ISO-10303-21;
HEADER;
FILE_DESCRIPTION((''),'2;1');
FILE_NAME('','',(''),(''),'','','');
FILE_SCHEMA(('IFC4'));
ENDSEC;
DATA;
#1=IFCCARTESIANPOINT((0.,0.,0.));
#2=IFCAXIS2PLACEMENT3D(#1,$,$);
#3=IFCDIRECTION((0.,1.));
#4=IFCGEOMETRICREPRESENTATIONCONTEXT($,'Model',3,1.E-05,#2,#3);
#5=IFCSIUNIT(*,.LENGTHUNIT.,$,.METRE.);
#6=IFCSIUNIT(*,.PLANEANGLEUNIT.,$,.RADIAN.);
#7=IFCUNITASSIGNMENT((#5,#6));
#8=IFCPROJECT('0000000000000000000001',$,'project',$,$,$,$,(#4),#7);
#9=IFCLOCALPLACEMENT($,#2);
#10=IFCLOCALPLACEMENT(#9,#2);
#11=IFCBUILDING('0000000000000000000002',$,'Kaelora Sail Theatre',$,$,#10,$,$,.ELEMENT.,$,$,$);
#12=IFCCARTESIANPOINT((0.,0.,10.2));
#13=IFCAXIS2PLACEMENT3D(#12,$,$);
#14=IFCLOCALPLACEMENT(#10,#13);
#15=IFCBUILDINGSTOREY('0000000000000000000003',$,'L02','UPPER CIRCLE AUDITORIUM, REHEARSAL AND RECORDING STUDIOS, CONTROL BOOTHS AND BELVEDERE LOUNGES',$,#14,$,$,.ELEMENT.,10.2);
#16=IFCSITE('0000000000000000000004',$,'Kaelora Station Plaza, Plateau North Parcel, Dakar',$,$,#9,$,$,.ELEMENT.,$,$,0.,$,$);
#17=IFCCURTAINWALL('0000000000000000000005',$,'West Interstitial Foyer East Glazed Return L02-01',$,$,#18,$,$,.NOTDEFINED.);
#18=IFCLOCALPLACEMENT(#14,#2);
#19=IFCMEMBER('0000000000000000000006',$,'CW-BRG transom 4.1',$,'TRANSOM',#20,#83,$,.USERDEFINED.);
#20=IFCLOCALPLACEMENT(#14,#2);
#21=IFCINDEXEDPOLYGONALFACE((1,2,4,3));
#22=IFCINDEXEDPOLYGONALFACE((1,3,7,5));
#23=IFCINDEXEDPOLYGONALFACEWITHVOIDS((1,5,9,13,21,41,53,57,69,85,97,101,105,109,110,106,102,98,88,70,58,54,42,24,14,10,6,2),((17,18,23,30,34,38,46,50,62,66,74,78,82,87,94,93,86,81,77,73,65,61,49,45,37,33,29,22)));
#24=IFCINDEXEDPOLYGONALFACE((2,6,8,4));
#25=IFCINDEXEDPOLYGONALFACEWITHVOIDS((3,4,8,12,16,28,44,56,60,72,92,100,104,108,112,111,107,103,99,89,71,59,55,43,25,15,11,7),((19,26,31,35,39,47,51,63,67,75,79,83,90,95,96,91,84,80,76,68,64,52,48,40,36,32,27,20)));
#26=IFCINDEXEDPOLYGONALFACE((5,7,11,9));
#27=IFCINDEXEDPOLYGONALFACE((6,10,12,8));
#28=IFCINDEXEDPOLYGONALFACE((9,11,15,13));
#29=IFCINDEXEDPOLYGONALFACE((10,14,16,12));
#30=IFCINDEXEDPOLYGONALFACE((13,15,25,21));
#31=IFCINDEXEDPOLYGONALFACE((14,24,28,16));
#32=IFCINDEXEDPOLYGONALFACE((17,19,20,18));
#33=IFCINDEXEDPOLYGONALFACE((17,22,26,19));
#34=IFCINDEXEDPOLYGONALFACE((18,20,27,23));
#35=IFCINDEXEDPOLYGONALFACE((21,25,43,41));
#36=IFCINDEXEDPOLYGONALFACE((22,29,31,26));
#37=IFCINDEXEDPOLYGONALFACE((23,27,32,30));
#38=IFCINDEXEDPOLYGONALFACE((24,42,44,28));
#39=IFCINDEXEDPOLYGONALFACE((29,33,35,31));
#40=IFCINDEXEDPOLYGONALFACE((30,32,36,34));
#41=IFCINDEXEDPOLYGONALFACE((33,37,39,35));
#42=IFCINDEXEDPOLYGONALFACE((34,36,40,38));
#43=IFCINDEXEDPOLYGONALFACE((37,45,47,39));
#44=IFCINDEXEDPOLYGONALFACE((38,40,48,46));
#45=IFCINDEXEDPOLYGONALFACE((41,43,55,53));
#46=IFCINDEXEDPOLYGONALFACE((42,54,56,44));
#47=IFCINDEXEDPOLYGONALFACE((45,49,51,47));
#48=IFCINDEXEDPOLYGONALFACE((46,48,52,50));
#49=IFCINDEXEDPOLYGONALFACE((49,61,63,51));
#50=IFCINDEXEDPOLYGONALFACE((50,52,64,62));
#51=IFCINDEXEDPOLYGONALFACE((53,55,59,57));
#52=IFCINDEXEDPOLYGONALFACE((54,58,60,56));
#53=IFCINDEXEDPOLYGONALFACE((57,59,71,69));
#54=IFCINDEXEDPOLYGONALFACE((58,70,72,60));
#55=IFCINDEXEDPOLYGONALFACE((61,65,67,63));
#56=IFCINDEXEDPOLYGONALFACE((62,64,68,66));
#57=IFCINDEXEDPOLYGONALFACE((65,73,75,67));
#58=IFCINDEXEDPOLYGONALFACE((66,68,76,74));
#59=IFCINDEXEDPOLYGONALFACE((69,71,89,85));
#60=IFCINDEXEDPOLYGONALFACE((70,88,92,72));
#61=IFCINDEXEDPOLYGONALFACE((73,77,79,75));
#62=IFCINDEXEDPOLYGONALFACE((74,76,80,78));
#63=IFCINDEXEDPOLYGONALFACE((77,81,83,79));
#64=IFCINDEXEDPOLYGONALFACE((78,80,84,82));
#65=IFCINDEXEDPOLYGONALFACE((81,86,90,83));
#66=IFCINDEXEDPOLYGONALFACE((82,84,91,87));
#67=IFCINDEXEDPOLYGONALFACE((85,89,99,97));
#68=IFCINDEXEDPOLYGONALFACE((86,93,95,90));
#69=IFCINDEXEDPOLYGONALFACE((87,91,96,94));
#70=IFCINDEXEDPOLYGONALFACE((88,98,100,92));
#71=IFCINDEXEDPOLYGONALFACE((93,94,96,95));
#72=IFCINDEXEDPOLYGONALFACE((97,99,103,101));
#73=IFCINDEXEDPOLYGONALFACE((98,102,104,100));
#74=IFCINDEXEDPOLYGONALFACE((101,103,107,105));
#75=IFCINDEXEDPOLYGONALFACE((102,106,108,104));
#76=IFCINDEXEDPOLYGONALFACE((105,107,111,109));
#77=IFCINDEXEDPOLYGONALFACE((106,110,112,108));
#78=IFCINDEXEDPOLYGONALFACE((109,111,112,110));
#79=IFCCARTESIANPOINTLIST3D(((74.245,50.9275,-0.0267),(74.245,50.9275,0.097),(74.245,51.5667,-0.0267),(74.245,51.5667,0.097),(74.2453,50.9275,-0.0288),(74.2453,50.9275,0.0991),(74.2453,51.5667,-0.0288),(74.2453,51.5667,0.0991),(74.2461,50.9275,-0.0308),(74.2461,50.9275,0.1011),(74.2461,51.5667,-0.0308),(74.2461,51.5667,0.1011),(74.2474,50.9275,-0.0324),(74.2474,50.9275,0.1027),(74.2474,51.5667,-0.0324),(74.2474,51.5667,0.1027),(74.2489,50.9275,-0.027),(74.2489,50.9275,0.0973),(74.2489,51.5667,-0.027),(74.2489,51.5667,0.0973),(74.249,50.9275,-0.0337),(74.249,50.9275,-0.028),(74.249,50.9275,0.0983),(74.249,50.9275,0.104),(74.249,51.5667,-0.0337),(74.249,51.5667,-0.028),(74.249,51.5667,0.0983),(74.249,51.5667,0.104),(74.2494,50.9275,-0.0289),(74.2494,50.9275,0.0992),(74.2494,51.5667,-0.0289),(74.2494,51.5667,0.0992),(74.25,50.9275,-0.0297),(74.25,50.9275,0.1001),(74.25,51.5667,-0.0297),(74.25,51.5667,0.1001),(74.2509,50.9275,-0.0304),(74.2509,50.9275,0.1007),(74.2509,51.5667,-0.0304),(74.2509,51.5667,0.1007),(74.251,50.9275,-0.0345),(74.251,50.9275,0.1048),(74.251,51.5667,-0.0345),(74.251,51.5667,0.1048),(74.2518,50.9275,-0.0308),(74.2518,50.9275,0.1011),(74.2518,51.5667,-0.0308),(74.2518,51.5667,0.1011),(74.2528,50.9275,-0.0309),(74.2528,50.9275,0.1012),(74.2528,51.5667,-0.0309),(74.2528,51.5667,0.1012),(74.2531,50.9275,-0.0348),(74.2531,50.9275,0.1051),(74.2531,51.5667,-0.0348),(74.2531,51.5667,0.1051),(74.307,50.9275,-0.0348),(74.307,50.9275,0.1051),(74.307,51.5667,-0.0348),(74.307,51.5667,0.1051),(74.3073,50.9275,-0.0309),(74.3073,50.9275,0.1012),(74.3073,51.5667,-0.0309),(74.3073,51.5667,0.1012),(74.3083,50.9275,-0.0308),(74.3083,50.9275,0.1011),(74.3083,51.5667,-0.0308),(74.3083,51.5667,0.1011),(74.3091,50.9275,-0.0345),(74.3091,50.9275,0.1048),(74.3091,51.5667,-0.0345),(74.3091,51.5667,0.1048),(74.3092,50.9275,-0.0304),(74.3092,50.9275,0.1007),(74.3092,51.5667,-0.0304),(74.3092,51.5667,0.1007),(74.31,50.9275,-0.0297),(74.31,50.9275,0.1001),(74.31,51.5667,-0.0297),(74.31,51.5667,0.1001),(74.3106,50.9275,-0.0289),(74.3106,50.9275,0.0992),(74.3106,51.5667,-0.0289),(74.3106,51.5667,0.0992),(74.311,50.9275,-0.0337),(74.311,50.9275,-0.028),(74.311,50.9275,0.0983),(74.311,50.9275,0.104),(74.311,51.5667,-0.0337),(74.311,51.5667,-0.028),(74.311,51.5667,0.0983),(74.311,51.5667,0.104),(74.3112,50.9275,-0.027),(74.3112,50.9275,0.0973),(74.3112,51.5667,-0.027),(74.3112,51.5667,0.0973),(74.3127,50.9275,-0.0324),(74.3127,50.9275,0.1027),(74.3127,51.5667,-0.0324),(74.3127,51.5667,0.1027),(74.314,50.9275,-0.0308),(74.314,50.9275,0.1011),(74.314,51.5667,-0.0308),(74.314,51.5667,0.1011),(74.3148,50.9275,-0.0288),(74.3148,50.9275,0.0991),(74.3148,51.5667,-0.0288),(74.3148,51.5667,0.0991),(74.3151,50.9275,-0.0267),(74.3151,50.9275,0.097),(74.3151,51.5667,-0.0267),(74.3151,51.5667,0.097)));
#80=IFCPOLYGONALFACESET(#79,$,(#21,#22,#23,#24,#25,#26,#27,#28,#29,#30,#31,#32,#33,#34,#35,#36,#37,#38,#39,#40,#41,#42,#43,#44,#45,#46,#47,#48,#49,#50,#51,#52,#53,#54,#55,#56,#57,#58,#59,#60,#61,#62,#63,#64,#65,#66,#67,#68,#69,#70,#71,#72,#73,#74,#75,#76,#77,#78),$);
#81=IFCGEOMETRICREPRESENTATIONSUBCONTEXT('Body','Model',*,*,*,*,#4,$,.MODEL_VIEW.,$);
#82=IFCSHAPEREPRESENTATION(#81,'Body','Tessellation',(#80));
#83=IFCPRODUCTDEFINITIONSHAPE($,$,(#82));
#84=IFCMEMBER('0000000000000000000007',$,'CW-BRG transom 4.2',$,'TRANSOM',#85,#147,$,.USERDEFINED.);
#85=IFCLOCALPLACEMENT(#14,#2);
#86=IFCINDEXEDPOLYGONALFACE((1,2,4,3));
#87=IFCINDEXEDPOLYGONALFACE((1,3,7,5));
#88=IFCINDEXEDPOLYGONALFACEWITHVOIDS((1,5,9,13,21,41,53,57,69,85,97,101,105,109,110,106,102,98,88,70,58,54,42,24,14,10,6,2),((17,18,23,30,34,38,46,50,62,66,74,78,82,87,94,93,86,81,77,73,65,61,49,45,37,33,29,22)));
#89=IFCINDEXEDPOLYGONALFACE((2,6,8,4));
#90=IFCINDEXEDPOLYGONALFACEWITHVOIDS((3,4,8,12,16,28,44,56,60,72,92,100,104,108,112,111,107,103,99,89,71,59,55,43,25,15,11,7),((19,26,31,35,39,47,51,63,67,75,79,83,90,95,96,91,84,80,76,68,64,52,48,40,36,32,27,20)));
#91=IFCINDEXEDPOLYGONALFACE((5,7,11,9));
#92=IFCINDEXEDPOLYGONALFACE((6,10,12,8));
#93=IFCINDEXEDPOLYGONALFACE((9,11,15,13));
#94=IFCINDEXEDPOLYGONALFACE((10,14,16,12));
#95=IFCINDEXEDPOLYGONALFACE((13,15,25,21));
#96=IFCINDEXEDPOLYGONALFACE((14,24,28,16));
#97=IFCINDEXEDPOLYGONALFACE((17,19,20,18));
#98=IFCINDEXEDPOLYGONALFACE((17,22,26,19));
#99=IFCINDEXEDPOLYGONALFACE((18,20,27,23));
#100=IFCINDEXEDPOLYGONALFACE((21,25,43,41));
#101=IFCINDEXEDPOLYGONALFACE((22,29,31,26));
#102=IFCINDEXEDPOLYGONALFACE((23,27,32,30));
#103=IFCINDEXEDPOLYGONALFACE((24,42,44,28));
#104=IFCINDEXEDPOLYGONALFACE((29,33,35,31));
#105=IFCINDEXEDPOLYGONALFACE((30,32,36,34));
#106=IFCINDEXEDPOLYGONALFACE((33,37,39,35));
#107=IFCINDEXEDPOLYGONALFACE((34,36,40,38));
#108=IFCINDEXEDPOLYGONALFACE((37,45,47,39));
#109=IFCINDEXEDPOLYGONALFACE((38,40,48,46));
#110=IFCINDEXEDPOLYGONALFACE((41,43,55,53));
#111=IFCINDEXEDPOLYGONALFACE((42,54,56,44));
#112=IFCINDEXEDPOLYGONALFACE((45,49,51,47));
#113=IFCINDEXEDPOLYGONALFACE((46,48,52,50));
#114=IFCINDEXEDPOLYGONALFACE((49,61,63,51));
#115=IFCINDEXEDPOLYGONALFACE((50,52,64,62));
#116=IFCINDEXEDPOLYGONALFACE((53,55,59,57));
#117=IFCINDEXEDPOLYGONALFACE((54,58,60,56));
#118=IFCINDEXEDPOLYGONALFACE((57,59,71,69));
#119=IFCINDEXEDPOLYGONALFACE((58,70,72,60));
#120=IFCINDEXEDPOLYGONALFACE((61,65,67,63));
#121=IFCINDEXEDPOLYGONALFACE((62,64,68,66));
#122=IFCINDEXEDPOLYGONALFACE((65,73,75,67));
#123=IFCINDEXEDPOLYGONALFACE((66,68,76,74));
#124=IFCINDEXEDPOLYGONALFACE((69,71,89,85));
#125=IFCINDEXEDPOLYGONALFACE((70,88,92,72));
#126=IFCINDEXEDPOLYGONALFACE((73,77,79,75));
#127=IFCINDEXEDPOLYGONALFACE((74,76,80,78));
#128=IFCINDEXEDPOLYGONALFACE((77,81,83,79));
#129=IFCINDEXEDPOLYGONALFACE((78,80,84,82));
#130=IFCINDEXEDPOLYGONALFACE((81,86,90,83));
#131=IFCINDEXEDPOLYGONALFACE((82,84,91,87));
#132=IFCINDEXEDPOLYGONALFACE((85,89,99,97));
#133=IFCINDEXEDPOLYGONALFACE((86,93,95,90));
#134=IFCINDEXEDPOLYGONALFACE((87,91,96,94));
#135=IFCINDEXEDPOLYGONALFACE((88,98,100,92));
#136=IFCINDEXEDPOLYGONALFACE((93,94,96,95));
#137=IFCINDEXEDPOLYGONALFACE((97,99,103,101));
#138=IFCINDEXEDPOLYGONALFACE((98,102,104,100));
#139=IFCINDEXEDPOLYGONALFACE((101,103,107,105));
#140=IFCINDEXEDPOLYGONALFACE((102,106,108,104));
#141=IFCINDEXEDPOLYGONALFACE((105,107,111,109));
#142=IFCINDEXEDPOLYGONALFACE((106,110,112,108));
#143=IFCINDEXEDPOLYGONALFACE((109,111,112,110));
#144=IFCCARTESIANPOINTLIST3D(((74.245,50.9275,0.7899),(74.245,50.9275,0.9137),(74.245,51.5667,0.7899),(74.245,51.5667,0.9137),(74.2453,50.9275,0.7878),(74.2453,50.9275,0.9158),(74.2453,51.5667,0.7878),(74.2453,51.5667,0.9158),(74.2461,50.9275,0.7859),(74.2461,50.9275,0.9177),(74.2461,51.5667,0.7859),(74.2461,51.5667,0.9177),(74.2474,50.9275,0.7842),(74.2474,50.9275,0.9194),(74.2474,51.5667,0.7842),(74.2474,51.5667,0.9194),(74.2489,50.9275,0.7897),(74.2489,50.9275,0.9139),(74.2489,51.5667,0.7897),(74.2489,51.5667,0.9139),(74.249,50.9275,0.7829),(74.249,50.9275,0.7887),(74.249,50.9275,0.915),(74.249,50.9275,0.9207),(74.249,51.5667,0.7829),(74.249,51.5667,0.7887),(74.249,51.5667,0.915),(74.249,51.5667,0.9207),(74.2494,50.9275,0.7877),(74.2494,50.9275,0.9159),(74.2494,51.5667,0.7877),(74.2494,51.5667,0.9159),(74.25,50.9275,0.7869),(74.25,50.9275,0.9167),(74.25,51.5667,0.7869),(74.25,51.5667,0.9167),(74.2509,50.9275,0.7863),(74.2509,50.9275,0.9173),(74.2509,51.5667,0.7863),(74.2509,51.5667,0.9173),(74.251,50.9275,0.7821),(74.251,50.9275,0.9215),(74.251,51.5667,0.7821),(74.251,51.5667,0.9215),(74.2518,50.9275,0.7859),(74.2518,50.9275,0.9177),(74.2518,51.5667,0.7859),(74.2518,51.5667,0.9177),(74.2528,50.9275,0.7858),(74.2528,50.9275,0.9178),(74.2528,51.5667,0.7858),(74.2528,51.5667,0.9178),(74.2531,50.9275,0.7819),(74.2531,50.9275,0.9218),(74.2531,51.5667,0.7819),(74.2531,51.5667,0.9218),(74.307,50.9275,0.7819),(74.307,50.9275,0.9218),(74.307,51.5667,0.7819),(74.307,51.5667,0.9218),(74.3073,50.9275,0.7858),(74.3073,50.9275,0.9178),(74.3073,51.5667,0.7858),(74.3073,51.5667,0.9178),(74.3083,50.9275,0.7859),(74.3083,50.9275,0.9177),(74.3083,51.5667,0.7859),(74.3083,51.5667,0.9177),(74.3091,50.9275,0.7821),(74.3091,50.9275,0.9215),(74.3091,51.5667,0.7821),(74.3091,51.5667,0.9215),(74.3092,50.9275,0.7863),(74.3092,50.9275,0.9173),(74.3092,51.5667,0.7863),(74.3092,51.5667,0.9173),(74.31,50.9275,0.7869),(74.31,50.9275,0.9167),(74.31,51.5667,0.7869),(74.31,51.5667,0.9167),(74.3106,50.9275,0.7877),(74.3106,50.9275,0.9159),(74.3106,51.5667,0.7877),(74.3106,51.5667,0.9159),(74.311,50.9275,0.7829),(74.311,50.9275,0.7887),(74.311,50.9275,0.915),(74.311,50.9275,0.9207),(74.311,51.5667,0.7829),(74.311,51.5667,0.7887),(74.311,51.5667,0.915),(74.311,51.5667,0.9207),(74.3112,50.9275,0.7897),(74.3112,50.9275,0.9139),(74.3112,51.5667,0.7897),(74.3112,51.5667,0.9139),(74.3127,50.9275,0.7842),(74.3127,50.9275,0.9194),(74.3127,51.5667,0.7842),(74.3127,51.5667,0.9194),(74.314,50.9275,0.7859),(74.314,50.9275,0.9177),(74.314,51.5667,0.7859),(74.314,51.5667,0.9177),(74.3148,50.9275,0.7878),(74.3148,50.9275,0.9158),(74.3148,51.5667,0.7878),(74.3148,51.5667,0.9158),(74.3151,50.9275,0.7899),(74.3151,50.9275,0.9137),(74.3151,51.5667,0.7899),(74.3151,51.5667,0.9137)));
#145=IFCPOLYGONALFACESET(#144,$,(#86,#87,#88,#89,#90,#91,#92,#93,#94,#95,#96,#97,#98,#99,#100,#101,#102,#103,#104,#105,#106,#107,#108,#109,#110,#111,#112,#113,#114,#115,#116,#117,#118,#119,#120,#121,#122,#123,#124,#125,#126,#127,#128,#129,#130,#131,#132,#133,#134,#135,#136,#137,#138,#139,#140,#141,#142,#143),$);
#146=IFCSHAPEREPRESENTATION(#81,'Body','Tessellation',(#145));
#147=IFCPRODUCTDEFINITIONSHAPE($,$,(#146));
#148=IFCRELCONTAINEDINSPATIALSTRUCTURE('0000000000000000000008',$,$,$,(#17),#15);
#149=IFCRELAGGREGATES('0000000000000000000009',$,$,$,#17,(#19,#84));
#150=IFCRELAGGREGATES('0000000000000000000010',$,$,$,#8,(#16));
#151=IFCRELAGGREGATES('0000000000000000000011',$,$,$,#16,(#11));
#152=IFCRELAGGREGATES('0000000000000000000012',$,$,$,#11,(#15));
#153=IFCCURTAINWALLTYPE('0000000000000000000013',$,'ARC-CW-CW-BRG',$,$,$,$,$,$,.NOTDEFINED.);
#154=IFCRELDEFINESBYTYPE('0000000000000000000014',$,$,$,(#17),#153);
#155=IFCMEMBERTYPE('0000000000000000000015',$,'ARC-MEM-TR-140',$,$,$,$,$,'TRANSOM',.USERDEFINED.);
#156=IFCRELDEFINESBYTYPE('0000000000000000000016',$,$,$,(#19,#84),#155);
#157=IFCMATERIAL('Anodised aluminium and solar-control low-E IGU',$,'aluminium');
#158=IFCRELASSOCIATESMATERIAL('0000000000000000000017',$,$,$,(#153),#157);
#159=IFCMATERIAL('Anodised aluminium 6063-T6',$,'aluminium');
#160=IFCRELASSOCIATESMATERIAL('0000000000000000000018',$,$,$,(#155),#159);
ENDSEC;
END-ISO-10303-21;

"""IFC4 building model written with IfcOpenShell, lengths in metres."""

from ifc_helpers import new_model, si_unit, direction, frame, origin, origin_2d, place, context, subcontext, project, spatial, hollow_rectangle, extrude, material, material_profile, profile_set, type_object, element, aggregate, save


model = new_model("IFC4")

# Units and contexts
model_context = context("Model", 3, precision=1e-05, world=origin(), true_north=direction((0.0, 1.0)))
body_context = subcontext(model_context, "Body", "Model", "MODEL_VIEW")
ifc_project = project(units=[si_unit("LENGTHUNIT", "METRE"), si_unit("PLANEANGLEUNIT", "RADIAN")], contexts=[model_context])

# Site, building, storey
site_placement = place(None, origin())
site = spatial("IfcSite", under=ifc_project, at=site_placement, Name="Kaelora Station Plaza, Plateau North Parcel, Dakar", CompositionType="ELEMENT", RefElevation=0.0)
building_placement = place(site_placement, origin())
building = spatial("IfcBuilding", under=site, at=building_placement, Name="Kaelora Sail Theatre", CompositionType="ELEMENT")
storey_placement = place(building_placement, frame((0.0, 0.0, 10.2)))
storey = spatial("IfcBuildingStorey", under=building, at=storey_placement, Name="L02", Description="UPPER CIRCLE AUDITORIUM, REHEARSAL AND RECORDING STUDIOS, CONTROL BOOTHS AND BELVEDERE LOUNGES", CompositionType="ELEMENT", Elevation=10.2)

# Curtain wall
ifc_material_1 = material(Name="Anodised aluminium and solar-control low-E IGU", Category="aluminium")
curtain_wall_type = type_object("IfcCurtainWallType", Name="ARC-CW-CW-BRG", PredefinedType="NOTDEFINED", material=ifc_material_1)
curtain_wall_1_placement = place(storey_placement, origin())
curtain_wall_1 = element("IfcCurtainWall", 1, at=curtain_wall_1_placement, inside=storey, type_object=curtain_wall_type, Name="West Interstitial Foyer East Glazed Return L02-01", PredefinedType="NOTDEFINED")

# Members
ifc_material_2 = material(Name="Anodised aluminium 6063-T6", Category="aluminium")
ifc_material_profile_1 = material_profile(ifc_material_2, hollow_rectangle(XDim=0.0701, YDim=0.1399, WallThickness=0.0039, InnerFilletRadius=0.0039, OuterFilletRadius=0.0081, at=origin_2d()), Name="ALU-TRAN 70x140x4")
ifc_profile_set_1 = profile_set([ifc_material_profile_1], Name="Anodised aluminium 6063-T6")
member_type_1 = type_object("IfcMemberType", Name="ARC-MEM-TR-140", ElementType="TRANSOM", PredefinedType="USERDEFINED", material=ifc_profile_set_1)
member_1_placement = place(storey_placement, frame((74.28, 50.9275, 0.0352), z_axis=(0.0, 1.0, 0.0), x_axis=(-1.0, 0.0, 0.0)))
member_1 = element("IfcMember", 2, at=member_1_placement, type_object=member_type_1, Name="CW-BRG transom 4.1", ObjectType="TRANSOM", PredefinedType="USERDEFINED", context=body_context, shape_type="SweptSolid", body=[
    extrude(hollow_rectangle(XDim=0.0701, YDim=0.1399, WallThickness=0.0039, InnerFilletRadius=0.0039, OuterFilletRadius=0.0081, at=origin_2d()), origin(), (0.0, 0.0, 1.0), 0.6392),
])
member_2_placement = place(storey_placement, frame((74.28, 50.9275, 0.8518), z_axis=(0.0, 1.0, 0.0), x_axis=(-1.0, 0.0, 0.0)))
member_2 = element("IfcMember", 3, at=member_2_placement, type_object=member_type_1, Name="CW-BRG transom 4.2", ObjectType="TRANSOM", PredefinedType="USERDEFINED", context=body_context, shape_type="SweptSolid", body=[
    extrude(hollow_rectangle(XDim=0.0701, YDim=0.1399, WallThickness=0.0039, InnerFilletRadius=0.0039, OuterFilletRadius=0.0081, at=origin_2d()), origin(), (0.0, 0.0, 1.0), 0.6392),
])

aggregate(curtain_wall_1, [member_1, member_2])

save(model, "model.ifc")
